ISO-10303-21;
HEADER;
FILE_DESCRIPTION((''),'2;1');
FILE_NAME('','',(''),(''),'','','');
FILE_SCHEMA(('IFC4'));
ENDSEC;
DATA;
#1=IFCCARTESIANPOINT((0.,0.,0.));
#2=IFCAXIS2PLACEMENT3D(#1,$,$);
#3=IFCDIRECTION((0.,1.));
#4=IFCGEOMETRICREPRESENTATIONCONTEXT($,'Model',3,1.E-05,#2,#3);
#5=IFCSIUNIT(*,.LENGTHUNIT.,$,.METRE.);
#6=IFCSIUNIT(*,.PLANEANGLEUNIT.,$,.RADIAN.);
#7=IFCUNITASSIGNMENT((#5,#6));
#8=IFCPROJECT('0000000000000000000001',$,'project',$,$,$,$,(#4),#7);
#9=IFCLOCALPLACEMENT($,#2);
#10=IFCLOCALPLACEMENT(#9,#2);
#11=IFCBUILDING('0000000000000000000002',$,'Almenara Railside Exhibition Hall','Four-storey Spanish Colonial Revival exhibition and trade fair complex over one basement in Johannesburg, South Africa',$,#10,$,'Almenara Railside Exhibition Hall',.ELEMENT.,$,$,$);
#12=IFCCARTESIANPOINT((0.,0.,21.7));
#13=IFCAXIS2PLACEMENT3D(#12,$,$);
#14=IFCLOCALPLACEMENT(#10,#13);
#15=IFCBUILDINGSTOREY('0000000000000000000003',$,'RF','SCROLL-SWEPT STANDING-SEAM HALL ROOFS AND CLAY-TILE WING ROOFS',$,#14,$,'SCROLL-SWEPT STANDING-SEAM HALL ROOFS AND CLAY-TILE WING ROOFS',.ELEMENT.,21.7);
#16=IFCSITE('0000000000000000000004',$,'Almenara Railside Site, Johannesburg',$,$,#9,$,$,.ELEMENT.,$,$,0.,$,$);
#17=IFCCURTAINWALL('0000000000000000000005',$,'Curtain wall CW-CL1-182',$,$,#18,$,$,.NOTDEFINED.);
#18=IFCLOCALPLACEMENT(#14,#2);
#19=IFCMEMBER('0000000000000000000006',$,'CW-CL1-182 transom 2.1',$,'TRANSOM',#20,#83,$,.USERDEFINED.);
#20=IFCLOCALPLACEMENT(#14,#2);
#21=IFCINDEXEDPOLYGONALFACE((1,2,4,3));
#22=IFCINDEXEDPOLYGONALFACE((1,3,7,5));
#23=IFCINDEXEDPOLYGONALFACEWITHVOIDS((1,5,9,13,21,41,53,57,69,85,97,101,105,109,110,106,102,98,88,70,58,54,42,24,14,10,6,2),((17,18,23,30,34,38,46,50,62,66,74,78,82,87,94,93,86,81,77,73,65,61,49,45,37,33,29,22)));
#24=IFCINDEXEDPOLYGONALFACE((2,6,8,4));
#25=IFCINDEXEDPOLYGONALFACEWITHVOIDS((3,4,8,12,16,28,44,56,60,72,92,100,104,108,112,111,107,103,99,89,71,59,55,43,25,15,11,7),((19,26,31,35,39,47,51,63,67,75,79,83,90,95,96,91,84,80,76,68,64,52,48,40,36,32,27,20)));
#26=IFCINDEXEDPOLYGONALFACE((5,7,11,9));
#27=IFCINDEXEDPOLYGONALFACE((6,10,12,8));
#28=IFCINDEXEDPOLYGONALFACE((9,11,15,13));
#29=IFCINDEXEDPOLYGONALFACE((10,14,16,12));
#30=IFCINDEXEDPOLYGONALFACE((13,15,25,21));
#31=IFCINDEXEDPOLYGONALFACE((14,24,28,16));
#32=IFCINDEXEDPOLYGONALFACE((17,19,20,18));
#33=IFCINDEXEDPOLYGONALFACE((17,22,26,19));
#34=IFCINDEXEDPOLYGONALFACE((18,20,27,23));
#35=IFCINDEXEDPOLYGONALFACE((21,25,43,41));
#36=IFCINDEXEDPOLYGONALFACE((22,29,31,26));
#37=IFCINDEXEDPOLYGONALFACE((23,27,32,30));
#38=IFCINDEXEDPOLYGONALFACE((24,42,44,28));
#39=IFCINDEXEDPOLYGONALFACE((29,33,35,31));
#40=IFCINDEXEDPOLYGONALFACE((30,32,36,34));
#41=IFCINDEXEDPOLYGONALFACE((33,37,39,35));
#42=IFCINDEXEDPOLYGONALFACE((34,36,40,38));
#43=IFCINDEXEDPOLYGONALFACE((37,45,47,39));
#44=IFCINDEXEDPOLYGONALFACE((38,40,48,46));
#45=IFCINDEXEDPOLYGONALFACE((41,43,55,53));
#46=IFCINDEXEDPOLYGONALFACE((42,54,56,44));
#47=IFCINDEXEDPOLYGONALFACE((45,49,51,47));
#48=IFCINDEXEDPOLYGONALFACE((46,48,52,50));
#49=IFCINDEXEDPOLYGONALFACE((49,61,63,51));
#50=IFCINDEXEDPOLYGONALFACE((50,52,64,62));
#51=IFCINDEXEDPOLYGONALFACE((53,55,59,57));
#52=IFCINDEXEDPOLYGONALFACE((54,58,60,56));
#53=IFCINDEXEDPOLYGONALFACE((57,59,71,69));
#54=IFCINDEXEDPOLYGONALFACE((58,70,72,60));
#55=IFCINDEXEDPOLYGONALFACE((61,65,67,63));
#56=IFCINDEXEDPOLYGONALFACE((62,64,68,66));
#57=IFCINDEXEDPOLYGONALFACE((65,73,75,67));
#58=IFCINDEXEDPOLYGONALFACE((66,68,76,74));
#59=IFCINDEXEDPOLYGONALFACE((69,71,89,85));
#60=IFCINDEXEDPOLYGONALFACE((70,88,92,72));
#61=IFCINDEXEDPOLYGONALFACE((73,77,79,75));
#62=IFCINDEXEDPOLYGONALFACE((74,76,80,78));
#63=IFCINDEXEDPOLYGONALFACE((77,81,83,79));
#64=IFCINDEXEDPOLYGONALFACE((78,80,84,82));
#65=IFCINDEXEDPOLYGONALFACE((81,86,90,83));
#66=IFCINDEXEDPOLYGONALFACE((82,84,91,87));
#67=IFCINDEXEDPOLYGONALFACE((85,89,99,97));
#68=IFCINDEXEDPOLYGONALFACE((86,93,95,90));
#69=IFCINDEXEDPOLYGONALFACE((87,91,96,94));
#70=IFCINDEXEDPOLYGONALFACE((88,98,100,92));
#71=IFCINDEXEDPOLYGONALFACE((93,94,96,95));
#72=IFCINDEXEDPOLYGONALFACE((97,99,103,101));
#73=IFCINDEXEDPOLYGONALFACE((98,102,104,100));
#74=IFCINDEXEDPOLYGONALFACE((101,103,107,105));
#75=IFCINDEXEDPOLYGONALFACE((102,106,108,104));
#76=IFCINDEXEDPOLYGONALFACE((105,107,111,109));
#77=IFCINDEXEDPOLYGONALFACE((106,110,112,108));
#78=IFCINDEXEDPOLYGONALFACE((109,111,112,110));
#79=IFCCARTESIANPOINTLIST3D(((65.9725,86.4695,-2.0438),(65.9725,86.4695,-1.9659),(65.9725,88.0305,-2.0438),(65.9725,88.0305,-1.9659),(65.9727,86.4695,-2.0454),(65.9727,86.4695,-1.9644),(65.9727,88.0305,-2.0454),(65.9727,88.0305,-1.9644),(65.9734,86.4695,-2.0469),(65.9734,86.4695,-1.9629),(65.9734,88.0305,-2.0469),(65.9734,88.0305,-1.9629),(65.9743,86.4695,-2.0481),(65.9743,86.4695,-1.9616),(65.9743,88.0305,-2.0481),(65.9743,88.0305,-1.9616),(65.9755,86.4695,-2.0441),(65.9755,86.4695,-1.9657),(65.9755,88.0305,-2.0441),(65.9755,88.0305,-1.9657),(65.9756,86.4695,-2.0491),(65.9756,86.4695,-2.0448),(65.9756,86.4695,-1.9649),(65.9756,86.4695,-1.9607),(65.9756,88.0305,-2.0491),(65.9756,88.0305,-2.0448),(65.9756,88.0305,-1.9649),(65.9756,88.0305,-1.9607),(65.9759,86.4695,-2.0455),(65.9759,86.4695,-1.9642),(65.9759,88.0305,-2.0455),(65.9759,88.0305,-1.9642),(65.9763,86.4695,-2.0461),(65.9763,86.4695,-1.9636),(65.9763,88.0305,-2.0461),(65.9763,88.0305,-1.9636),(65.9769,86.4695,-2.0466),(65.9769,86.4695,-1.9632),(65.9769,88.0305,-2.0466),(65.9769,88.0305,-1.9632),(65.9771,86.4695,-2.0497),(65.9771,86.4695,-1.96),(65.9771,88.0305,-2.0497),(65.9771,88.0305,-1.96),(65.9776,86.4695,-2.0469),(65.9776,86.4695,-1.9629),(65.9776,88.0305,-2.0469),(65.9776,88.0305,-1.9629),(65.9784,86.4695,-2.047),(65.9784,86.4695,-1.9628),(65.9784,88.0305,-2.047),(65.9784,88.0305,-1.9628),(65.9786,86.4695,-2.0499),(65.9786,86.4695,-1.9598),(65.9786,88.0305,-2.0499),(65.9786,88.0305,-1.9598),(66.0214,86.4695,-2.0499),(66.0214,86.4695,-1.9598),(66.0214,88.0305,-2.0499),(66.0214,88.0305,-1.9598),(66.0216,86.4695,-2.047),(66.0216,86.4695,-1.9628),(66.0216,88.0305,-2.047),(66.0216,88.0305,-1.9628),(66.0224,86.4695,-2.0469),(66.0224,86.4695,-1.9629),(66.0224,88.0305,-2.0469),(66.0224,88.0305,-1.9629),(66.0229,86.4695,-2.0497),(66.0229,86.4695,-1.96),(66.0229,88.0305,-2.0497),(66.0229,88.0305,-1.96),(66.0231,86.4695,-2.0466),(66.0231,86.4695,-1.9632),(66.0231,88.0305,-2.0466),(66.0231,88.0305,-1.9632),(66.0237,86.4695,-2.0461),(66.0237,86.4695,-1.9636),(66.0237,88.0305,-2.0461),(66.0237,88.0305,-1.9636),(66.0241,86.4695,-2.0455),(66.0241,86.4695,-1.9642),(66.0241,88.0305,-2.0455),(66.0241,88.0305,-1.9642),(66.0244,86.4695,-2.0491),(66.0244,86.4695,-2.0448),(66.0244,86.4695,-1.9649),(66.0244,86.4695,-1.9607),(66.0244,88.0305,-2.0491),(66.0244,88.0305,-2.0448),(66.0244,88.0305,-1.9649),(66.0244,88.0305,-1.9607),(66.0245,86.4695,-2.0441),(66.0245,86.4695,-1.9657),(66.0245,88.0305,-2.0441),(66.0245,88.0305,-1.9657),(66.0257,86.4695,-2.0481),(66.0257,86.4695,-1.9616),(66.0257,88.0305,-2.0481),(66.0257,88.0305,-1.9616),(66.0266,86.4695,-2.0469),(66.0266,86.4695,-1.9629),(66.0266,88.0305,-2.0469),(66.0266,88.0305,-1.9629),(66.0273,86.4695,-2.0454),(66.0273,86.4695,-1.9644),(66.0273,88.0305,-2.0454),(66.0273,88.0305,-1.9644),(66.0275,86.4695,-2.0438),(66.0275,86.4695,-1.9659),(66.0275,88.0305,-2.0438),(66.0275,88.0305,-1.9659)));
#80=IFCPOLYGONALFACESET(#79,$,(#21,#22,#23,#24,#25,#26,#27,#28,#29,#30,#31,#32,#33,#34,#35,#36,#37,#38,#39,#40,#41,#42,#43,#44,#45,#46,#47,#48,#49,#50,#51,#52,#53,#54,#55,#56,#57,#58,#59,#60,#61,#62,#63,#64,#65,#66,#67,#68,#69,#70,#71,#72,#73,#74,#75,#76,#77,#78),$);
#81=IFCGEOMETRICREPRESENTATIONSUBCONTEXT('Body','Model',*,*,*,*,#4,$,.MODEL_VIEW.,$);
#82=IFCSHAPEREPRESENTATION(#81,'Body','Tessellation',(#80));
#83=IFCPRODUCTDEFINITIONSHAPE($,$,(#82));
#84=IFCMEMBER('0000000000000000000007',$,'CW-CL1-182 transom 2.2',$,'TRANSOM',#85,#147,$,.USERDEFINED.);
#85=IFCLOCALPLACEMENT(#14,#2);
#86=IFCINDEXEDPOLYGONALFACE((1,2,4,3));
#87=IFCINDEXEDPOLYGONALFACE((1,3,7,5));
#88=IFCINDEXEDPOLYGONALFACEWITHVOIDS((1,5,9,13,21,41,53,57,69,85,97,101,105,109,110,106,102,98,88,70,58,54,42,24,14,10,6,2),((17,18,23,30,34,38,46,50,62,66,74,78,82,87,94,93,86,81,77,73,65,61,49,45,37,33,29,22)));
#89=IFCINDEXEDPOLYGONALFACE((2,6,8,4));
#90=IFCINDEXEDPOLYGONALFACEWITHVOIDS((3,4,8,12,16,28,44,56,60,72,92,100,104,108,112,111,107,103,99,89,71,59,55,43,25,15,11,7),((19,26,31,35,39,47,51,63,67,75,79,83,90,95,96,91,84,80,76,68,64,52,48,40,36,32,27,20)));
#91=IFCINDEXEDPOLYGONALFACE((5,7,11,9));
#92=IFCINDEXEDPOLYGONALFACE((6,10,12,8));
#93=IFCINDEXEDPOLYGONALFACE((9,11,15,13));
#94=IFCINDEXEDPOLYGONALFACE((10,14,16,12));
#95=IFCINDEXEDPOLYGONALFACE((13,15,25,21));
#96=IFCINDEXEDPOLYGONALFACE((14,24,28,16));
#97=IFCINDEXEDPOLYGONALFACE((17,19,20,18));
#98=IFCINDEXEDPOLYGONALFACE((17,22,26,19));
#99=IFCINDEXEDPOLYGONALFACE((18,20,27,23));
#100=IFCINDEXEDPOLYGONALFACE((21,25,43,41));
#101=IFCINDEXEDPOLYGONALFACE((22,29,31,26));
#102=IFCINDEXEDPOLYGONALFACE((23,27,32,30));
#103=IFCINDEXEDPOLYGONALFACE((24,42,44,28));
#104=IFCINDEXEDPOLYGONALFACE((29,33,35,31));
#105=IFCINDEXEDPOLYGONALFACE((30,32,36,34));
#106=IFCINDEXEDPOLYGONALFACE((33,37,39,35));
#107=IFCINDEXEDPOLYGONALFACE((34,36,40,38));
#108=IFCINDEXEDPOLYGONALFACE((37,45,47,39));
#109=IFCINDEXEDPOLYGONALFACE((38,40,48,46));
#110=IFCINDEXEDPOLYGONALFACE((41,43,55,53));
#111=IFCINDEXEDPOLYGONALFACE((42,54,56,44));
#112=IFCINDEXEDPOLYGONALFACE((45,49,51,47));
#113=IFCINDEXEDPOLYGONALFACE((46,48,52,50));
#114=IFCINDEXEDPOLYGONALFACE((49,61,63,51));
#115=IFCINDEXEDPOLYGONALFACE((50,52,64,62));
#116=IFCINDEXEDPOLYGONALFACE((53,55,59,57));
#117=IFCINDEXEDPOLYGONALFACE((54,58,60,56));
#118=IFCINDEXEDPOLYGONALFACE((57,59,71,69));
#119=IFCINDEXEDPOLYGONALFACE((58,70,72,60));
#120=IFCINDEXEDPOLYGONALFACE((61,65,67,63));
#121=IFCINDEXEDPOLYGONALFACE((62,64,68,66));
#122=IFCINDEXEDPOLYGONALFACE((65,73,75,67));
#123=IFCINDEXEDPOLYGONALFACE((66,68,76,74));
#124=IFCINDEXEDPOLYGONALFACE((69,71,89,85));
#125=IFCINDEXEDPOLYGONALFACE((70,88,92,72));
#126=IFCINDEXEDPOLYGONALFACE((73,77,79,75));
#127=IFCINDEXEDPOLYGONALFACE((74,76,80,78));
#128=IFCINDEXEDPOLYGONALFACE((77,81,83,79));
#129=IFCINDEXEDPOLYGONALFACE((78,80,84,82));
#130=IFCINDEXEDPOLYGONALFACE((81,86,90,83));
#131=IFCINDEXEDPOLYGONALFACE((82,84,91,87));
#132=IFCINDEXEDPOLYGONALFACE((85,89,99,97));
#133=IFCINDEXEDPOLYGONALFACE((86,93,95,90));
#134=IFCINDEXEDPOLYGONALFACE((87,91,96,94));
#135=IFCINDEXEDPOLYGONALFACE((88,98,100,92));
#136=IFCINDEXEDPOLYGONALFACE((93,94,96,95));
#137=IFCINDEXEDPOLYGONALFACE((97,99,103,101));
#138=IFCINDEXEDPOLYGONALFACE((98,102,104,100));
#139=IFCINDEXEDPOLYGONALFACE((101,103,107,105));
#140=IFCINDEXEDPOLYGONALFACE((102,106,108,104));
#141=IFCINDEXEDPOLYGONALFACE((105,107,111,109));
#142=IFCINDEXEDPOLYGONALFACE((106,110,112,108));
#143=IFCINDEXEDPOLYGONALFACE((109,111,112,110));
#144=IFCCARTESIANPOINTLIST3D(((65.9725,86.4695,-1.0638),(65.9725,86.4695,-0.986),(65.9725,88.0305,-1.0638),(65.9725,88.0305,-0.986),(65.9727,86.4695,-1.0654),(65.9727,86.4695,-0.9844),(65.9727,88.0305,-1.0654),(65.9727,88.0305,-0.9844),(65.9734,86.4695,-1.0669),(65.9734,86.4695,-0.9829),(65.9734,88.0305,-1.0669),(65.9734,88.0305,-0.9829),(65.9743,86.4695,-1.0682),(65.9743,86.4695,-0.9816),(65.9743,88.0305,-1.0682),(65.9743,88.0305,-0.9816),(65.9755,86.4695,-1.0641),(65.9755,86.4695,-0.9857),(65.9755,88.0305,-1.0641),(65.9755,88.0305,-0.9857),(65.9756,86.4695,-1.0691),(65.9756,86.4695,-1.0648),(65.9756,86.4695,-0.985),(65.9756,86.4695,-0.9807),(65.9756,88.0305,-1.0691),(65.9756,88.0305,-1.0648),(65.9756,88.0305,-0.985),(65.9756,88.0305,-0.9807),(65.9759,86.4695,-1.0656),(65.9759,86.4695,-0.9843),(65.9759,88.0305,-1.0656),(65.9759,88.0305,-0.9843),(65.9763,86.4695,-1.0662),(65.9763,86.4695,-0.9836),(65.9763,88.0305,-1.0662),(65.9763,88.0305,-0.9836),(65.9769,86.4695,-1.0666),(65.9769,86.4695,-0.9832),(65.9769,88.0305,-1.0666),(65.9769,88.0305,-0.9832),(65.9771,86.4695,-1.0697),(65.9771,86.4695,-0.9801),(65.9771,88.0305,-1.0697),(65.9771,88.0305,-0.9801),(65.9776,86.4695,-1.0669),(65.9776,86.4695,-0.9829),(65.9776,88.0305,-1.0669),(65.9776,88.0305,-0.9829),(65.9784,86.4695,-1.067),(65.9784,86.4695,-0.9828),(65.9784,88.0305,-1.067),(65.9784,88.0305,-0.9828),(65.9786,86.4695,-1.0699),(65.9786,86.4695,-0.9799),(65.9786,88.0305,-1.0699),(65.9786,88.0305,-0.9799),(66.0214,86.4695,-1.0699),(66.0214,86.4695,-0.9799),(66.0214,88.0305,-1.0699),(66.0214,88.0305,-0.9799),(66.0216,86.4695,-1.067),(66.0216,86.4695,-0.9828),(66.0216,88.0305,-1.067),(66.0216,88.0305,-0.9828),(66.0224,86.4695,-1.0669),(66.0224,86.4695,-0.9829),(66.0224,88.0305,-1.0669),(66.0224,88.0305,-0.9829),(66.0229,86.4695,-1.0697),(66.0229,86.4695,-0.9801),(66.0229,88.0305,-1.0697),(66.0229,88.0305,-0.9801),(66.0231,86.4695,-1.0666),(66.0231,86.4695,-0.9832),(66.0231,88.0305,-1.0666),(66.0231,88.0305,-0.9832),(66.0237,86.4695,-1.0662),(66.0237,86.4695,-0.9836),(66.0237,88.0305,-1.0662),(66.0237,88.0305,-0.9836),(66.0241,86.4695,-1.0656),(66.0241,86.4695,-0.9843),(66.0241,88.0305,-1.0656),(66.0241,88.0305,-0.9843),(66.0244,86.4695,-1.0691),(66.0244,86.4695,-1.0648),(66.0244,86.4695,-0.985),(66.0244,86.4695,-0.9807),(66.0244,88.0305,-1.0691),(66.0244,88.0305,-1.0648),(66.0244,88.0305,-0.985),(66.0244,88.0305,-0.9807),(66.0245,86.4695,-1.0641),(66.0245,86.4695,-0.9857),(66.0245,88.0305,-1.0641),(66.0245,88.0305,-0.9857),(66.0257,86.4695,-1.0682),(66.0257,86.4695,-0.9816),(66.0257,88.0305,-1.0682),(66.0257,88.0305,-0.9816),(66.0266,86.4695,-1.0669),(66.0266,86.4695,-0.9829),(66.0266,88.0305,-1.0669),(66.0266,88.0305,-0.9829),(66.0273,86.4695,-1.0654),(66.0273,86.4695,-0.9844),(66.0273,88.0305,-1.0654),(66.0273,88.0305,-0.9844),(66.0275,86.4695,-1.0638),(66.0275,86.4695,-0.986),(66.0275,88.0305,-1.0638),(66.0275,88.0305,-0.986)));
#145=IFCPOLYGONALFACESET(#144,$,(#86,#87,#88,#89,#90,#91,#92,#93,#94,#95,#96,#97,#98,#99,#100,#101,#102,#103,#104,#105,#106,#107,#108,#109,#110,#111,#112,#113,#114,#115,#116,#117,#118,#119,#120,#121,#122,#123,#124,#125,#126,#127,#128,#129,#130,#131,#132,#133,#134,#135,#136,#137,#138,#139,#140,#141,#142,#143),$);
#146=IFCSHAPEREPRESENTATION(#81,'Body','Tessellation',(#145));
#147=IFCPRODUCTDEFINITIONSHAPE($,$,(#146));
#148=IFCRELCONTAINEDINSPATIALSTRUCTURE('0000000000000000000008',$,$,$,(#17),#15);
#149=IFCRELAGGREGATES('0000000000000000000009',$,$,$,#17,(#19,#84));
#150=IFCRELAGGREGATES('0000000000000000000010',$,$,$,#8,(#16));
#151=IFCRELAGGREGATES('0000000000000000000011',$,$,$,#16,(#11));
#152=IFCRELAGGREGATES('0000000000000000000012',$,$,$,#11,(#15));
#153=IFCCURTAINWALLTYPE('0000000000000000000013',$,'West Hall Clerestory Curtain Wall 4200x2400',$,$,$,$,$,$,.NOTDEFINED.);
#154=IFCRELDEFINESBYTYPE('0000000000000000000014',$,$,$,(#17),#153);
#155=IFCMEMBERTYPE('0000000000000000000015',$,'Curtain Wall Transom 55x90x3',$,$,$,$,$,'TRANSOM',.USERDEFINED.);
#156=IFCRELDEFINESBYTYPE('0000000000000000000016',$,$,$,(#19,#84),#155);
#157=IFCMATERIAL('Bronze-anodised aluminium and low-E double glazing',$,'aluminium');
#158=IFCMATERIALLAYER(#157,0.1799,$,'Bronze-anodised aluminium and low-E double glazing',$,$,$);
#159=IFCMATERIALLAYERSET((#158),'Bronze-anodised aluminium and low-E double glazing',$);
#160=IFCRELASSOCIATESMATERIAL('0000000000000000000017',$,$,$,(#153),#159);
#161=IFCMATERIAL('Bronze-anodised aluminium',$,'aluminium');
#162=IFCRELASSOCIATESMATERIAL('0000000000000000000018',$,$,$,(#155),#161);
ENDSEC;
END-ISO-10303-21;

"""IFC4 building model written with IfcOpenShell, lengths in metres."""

from ifc_helpers import new_model, si_unit, direction, frame, origin, origin_2d, place, context, subcontext, project, spatial, hollow_rectangle, extrude, material, layer, layer_set, material_profile, profile_set, type_object, element, aggregate, save


model = new_model("IFC4")

# Units and contexts
model_context = context("Model", 3, precision=1e-05, world=origin(), true_north=direction((0.0, 1.0)))
body_context = subcontext(model_context, "Body", "Model", "MODEL_VIEW")
ifc_project = project(units=[si_unit("LENGTHUNIT", "METRE"), si_unit("PLANEANGLEUNIT", "RADIAN")], contexts=[model_context])

# Site, building, storey
site_placement = place(None, origin())
site = spatial("IfcSite", under=ifc_project, at=site_placement, Name="Almenara Railside Site, Johannesburg", CompositionType="ELEMENT", RefElevation=0.0)
building_placement = place(site_placement, origin())
building = spatial("IfcBuilding", under=site, at=building_placement, Name="Almenara Railside Exhibition Hall", Description="Four-storey Spanish Colonial Revival exhibition and trade fair complex over one basement in Johannesburg, South Africa", LongName="Almenara Railside Exhibition Hall", CompositionType="ELEMENT")
storey_placement = place(building_placement, frame((0.0, 0.0, 21.7)))
storey = spatial("IfcBuildingStorey", under=building, at=storey_placement, Name="RF", Description="SCROLL-SWEPT STANDING-SEAM HALL ROOFS AND CLAY-TILE WING ROOFS", LongName="SCROLL-SWEPT STANDING-SEAM HALL ROOFS AND CLAY-TILE WING ROOFS", CompositionType="ELEMENT", Elevation=21.7)

# Curtain wall
ifc_material_1 = material(Name="Bronze-anodised aluminium and low-E double glazing", Category="aluminium")
ifc_layer_1 = layer(ifc_material_1, 0.1799, Name="Bronze-anodised aluminium and low-E double glazing")
ifc_layer_set_1 = layer_set([ifc_layer_1], Name="Bronze-anodised aluminium and low-E double glazing")
curtain_wall_type = type_object("IfcCurtainWallType", Name="West Hall Clerestory Curtain Wall 4200x2400", PredefinedType="NOTDEFINED", material=ifc_layer_set_1)
curtain_wall_1_placement = place(storey_placement, origin())
curtain_wall_1 = element("IfcCurtainWall", 1, at=curtain_wall_1_placement, inside=storey, type_object=curtain_wall_type, Name="Curtain wall CW-CL1-182", PredefinedType="NOTDEFINED")
ifc_material_2 = material(Name="Bronze-anodised aluminium", Category="aluminium")

# Members
ifc_material_profile_1 = material_profile(ifc_material_2, hollow_rectangle(XDim=0.0549, YDim=0.0901, WallThickness=0.0029, InnerFilletRadius=0.0029, OuterFilletRadius=0.0061, at=origin_2d()), Name="ALU-TRN 55x90x3")
ifc_profile_set_1 = profile_set([ifc_material_profile_1], Name="Bronze-anodised aluminium")
member_type_1 = type_object("IfcMemberType", Name="Curtain Wall Transom 55x90x3", ElementType="TRANSOM", PredefinedType="USERDEFINED", material=ifc_profile_set_1)
member_1_placement = place(storey_placement, frame((66.0, 86.4695, -2.0049), z_axis=(0.0, 1.0, 0.0), x_axis=(-1.0, 0.0, 0.0)))
member_1 = element("IfcMember", 2, at=member_1_placement, type_object=member_type_1, Name="CW-CL1-182 transom 2.1", ObjectType="TRANSOM", PredefinedType="USERDEFINED", context=body_context, shape_type="SweptSolid", body=[
    extrude(hollow_rectangle(XDim=0.0549, YDim=0.0901, WallThickness=0.0029, InnerFilletRadius=0.0029, OuterFilletRadius=0.0061, at=origin_2d()), origin(), (0.0, 0.0, 1.0), 1.561),
])
member_2_placement = place(storey_placement, frame((66.0, 86.4695, -1.0249), z_axis=(0.0, 1.0, 0.0), x_axis=(-1.0, 0.0, 0.0)))
member_2 = element("IfcMember", 3, at=member_2_placement, type_object=member_type_1, Name="CW-CL1-182 transom 2.2", ObjectType="TRANSOM", PredefinedType="USERDEFINED", context=body_context, shape_type="SweptSolid", body=[
    extrude(hollow_rectangle(XDim=0.0549, YDim=0.0901, WallThickness=0.0029, InnerFilletRadius=0.0029, OuterFilletRadius=0.0061, at=origin_2d()), origin(), (0.0, 0.0, 1.0), 1.561),
])

aggregate(curtain_wall_1, [member_1, member_2])

save(model, "model.ifc")
